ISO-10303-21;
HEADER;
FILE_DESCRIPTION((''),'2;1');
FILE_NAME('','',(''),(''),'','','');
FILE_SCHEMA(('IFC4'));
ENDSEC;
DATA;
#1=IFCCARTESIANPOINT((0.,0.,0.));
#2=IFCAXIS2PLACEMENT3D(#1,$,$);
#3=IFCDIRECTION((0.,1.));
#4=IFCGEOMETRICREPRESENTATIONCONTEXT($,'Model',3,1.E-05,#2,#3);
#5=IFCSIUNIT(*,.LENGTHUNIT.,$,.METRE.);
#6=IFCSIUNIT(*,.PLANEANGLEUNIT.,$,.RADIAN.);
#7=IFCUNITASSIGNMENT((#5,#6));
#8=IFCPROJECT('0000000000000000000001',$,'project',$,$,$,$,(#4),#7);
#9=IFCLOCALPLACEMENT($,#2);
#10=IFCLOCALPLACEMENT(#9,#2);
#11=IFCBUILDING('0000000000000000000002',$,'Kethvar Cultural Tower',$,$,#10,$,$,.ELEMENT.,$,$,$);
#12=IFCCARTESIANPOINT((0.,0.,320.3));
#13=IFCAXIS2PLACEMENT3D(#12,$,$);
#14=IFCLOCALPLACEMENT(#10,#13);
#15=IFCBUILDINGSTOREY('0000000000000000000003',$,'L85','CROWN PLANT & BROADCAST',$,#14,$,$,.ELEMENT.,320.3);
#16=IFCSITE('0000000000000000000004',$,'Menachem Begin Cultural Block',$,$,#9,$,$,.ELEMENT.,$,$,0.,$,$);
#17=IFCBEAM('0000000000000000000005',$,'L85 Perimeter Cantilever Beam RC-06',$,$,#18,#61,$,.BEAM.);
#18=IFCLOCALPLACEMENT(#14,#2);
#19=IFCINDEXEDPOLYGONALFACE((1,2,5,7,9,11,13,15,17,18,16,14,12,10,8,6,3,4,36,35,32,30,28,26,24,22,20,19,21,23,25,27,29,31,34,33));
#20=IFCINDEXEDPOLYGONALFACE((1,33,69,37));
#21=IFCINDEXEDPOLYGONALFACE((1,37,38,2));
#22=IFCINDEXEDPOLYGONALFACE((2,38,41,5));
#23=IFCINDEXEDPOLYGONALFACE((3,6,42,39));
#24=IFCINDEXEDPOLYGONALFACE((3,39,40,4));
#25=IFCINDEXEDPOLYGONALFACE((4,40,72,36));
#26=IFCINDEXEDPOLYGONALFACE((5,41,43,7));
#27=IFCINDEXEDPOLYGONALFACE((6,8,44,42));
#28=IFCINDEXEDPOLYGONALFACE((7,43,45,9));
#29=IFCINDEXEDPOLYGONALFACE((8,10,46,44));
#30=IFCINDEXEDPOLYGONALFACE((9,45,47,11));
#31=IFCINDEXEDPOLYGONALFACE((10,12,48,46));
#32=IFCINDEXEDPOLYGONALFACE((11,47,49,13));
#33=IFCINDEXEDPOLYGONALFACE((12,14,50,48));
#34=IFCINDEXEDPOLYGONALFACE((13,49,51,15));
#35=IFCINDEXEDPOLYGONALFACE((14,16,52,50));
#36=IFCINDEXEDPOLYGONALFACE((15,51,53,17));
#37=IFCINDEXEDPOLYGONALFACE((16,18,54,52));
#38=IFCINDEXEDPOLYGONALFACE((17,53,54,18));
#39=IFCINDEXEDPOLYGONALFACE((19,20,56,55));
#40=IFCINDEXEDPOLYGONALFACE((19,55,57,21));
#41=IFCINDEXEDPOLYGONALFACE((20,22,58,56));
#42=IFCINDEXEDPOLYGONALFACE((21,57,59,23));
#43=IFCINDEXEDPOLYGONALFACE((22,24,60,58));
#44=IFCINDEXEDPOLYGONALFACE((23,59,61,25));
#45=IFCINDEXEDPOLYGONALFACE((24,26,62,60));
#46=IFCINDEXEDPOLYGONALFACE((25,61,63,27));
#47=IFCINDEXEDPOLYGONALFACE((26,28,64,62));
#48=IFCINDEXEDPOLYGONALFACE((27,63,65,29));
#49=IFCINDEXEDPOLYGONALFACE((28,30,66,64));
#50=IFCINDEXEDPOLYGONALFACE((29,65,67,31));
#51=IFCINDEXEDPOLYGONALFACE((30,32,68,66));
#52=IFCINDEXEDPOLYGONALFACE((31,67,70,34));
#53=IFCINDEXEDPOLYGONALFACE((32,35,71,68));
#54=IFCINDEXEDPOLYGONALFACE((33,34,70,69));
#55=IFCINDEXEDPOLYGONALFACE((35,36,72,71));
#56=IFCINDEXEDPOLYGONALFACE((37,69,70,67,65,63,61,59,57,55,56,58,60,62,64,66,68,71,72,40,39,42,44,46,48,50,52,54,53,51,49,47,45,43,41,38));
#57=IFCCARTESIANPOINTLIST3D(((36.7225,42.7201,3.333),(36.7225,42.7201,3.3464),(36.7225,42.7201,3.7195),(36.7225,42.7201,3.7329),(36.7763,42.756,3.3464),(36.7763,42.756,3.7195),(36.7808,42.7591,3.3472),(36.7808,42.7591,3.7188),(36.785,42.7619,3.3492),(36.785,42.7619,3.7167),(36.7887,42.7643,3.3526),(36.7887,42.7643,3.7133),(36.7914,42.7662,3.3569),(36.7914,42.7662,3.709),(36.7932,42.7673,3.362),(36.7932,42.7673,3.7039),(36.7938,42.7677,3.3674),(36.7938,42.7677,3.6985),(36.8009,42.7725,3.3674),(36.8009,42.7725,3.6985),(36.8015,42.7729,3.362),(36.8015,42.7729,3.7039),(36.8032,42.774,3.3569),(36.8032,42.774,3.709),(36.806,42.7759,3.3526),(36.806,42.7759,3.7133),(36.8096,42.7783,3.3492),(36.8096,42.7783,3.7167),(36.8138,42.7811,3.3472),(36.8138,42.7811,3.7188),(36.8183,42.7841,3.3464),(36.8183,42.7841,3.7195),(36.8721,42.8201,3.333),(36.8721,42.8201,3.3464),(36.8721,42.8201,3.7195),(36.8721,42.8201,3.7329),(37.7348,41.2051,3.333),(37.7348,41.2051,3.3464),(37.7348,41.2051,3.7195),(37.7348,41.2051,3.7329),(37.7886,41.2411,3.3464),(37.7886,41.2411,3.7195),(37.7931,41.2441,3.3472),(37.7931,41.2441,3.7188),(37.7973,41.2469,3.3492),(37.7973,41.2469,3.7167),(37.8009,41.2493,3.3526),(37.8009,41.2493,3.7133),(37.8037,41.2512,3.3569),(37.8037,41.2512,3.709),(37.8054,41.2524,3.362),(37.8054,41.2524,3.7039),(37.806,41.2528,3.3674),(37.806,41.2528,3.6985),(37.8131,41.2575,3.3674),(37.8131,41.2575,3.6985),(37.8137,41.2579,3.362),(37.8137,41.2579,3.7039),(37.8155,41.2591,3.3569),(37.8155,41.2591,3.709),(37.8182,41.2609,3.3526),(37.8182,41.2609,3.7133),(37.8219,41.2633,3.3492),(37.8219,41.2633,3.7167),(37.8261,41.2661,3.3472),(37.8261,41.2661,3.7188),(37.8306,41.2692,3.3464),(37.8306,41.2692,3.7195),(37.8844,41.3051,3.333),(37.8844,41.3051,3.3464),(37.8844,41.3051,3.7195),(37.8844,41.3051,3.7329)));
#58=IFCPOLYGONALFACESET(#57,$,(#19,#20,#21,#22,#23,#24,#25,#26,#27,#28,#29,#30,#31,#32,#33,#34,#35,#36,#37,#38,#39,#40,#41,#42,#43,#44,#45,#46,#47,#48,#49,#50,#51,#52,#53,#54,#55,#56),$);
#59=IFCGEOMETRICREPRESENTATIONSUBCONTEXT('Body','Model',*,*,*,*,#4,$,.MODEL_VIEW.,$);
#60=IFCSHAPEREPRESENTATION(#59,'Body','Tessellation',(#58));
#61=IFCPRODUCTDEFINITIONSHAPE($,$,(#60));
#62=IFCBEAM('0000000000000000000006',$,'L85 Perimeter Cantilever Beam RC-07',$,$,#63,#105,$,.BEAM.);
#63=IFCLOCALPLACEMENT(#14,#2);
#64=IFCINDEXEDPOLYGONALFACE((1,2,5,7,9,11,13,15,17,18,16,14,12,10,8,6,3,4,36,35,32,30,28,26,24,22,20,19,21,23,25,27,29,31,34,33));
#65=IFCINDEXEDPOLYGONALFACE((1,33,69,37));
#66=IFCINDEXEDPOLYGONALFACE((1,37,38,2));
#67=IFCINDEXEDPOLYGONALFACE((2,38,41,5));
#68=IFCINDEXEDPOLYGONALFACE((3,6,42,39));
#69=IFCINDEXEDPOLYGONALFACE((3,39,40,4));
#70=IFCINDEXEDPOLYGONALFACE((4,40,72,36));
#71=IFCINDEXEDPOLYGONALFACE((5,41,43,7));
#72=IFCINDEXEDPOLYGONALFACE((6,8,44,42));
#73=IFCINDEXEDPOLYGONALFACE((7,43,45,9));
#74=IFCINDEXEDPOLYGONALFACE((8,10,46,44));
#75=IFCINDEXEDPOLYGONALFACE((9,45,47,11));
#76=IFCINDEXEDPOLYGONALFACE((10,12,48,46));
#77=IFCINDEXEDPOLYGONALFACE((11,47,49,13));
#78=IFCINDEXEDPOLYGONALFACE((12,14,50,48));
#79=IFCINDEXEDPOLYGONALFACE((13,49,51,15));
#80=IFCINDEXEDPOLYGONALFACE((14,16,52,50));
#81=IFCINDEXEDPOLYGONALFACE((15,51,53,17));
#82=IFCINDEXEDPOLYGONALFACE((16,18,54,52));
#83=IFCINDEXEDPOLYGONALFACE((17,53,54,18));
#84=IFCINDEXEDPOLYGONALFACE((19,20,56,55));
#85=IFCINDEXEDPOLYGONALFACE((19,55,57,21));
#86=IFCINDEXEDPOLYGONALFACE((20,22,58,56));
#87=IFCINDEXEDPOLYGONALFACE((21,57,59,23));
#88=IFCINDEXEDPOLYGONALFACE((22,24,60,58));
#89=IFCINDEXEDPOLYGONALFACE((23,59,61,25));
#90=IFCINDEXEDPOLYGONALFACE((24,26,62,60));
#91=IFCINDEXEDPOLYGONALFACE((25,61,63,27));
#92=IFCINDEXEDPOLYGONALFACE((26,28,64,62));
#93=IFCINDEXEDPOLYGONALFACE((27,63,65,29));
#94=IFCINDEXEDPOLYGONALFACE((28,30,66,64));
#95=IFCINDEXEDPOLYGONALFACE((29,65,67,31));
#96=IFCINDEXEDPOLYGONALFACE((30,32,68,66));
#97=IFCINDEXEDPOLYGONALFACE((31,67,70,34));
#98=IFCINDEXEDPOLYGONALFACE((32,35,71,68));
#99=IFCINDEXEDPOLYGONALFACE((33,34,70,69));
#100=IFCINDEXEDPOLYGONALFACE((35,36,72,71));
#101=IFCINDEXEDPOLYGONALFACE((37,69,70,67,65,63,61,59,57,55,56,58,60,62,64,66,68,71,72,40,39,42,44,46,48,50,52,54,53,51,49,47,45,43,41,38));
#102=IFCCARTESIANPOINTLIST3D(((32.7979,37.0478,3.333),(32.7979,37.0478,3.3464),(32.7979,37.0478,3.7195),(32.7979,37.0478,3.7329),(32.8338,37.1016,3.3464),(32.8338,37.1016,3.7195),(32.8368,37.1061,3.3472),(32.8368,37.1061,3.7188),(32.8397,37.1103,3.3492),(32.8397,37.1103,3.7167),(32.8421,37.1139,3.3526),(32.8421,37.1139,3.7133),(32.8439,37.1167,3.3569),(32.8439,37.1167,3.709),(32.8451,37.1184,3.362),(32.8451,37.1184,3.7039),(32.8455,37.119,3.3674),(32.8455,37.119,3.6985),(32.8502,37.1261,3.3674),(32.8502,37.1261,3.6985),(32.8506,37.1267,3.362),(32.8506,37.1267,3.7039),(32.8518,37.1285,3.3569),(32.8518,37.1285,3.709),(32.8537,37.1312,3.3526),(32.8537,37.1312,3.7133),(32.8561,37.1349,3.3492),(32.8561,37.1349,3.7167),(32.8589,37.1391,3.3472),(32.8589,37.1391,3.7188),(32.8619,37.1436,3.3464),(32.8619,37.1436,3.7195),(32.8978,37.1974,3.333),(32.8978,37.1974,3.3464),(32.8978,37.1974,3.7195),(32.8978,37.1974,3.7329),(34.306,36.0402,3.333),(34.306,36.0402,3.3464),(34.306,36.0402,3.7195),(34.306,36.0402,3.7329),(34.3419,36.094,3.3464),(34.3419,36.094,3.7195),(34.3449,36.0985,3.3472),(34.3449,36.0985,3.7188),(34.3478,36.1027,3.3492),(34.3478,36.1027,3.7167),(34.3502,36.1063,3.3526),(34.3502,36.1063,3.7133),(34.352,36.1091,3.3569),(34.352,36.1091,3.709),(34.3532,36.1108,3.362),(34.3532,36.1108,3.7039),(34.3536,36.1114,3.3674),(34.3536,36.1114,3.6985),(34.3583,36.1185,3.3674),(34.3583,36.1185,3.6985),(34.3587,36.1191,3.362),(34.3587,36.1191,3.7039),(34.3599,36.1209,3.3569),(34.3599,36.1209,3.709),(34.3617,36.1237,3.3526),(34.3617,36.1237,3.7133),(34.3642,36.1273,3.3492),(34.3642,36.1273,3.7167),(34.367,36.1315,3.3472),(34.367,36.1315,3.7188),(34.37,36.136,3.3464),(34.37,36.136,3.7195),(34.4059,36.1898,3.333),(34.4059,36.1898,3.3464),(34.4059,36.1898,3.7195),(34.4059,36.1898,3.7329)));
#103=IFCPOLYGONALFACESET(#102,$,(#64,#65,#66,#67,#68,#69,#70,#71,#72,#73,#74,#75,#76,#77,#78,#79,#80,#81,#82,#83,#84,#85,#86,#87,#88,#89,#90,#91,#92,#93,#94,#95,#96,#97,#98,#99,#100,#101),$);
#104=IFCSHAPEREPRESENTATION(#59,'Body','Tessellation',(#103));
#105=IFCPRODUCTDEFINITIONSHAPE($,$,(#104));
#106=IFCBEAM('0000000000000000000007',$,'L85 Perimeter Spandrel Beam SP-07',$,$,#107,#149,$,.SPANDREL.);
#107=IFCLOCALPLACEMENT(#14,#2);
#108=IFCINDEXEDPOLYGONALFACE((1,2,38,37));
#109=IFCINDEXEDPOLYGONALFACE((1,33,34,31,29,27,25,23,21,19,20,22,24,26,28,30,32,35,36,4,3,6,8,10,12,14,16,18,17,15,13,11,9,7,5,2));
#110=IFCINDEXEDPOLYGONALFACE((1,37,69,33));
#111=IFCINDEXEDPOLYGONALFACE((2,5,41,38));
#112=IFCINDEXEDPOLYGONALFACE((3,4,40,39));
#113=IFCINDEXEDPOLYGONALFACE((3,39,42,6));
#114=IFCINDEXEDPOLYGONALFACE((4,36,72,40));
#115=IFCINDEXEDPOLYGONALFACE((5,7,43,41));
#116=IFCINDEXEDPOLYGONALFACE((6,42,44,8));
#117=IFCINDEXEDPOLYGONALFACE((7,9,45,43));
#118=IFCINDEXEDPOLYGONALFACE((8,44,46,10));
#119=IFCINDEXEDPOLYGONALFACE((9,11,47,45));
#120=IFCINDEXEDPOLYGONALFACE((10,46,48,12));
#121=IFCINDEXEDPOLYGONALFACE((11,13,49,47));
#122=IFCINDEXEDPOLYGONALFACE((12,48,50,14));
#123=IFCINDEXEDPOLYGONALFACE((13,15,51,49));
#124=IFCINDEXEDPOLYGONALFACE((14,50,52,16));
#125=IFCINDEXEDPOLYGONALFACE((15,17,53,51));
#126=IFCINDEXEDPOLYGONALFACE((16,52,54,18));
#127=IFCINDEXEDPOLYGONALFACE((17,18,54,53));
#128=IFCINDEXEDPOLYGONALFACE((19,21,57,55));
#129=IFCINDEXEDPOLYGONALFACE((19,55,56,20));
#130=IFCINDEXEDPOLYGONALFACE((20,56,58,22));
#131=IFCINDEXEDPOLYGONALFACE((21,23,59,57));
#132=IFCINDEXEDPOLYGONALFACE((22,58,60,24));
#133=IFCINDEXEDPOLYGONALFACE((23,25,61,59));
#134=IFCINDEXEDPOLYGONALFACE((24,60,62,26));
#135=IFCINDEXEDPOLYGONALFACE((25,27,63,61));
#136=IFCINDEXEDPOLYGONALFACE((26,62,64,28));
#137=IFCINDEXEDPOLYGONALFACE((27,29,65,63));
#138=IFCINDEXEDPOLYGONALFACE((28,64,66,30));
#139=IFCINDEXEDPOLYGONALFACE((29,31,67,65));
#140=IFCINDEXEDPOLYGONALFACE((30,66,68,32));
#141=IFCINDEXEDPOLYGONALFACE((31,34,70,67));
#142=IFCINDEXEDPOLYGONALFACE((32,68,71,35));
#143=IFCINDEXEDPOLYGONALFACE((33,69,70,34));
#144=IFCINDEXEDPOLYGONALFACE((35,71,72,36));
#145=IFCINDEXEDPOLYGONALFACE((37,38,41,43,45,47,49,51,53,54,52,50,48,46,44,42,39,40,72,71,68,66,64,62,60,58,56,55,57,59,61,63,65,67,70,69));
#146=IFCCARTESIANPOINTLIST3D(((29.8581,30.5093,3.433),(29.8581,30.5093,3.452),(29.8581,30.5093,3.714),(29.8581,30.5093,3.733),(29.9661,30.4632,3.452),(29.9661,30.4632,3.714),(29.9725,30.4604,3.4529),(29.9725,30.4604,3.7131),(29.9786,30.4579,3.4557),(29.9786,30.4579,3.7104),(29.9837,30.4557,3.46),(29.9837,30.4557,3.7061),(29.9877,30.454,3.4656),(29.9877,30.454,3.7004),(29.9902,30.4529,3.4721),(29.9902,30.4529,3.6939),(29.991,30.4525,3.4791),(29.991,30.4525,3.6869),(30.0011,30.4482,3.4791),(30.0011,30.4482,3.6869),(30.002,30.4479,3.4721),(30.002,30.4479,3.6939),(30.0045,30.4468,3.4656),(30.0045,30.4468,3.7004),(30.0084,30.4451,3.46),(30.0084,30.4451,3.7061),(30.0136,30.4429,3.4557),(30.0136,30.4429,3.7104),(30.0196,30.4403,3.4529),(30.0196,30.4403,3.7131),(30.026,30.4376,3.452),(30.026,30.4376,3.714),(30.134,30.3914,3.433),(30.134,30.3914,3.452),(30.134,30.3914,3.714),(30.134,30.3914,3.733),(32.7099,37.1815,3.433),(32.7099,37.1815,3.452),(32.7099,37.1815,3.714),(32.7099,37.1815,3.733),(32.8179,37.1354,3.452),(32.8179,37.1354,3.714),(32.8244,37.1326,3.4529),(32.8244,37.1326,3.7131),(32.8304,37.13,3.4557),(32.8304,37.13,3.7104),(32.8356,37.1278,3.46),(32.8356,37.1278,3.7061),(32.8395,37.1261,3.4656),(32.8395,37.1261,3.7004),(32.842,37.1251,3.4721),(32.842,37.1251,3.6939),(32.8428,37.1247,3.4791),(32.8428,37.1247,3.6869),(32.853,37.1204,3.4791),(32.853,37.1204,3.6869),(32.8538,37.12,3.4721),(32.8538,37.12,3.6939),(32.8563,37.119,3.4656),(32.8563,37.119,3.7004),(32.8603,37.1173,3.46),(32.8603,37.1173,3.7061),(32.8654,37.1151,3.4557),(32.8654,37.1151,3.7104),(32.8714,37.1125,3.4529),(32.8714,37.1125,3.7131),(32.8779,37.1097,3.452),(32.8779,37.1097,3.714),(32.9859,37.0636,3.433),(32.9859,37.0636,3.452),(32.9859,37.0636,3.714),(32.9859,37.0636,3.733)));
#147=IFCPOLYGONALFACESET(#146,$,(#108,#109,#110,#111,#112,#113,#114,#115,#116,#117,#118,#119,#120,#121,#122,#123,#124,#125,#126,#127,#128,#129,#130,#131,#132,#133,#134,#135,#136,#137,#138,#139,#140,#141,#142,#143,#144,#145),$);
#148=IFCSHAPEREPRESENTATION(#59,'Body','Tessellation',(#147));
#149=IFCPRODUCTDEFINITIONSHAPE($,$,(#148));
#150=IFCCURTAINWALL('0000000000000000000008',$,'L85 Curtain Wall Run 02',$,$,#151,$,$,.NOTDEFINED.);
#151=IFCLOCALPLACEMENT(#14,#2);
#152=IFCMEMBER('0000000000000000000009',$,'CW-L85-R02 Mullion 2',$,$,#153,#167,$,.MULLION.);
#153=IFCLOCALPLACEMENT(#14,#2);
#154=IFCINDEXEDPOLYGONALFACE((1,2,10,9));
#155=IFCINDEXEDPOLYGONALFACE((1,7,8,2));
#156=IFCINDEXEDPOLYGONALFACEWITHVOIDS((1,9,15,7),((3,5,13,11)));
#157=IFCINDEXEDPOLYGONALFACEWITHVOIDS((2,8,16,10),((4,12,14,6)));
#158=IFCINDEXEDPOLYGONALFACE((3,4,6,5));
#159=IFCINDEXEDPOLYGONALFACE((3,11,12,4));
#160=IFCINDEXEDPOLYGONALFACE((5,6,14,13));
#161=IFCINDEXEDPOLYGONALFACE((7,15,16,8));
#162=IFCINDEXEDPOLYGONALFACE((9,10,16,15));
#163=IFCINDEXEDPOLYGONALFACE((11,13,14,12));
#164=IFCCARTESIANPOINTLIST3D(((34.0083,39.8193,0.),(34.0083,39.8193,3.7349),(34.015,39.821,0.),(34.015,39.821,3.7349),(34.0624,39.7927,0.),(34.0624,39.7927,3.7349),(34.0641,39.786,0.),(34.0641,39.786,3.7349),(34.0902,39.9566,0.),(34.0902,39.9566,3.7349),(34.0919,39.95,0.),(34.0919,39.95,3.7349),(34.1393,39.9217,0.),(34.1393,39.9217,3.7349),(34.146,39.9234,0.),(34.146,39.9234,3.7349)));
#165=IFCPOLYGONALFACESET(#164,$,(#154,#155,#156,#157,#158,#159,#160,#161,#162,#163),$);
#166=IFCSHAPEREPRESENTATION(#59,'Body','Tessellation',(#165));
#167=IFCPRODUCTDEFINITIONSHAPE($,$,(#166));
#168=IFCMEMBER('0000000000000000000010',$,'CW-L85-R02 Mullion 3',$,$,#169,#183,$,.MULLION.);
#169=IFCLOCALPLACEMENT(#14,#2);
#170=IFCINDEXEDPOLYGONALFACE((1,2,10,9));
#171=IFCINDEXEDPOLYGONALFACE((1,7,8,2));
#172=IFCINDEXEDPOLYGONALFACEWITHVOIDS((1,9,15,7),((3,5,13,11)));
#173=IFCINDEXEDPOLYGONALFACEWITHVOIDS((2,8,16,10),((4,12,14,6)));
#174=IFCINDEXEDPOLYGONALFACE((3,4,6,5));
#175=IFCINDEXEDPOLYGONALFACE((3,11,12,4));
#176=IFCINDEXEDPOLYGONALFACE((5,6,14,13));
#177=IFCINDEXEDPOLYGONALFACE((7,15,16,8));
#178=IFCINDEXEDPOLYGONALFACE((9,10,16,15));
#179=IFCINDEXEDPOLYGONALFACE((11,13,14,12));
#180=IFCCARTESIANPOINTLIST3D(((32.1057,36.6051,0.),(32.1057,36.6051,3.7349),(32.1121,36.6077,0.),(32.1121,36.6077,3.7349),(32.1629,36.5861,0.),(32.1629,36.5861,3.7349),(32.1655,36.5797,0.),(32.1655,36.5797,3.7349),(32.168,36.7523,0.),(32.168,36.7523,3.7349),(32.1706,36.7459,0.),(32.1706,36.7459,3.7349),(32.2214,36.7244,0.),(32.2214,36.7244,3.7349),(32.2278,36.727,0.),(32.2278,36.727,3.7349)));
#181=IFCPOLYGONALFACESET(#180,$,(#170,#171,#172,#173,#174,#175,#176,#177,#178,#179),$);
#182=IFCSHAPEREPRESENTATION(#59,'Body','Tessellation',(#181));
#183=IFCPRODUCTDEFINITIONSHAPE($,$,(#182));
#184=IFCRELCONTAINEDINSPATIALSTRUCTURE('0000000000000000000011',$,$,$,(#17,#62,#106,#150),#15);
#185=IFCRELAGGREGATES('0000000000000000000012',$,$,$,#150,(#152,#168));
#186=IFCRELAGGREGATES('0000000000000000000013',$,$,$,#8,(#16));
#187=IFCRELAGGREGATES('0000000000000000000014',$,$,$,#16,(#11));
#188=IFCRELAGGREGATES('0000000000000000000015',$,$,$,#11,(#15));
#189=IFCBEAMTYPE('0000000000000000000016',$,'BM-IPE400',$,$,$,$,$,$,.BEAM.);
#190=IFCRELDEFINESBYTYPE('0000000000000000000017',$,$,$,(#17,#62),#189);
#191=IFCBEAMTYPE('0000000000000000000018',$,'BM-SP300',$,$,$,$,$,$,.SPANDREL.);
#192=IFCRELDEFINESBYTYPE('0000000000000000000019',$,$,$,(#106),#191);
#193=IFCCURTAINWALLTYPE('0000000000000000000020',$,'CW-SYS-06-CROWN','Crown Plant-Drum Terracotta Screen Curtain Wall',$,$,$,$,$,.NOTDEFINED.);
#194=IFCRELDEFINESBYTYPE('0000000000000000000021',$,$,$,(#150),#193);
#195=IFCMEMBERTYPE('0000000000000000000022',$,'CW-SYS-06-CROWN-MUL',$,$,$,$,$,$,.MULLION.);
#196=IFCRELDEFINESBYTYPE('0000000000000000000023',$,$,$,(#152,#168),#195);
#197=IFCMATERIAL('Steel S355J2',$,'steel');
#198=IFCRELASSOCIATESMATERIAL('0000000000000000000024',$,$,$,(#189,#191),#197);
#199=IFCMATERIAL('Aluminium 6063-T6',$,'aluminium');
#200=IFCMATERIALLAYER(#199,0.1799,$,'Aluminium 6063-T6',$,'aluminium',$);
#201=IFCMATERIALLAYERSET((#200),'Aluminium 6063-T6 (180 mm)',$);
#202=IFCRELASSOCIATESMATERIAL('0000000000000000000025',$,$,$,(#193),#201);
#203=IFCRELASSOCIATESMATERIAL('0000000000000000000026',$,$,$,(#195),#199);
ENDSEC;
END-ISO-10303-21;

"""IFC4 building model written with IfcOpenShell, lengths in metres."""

from ifc_helpers import new_model, si_unit, direction, frame, origin, origin_2d, place, context, subcontext, project, spatial, hollow_rectangle, i_section, extrude, source, transform, mapped, material, layer, layer_set, material_profile, profile_set, type_object, element, aggregate, save


model = new_model("IFC4")

# Units and contexts
model_context = context("Model", 3, precision=1e-05, world=origin(), true_north=direction((0.0, 1.0)))
body_context = subcontext(model_context, "Body", "Model", "MODEL_VIEW")
ifc_project = project(units=[si_unit("LENGTHUNIT", "METRE"), si_unit("PLANEANGLEUNIT", "RADIAN")], contexts=[model_context])

# Site, building, storey
site_placement = place(None, origin())
site = spatial("IfcSite", under=ifc_project, at=site_placement, Name="Menachem Begin Cultural Block", CompositionType="ELEMENT", RefElevation=0.0)
building_placement = place(site_placement, origin())
building = spatial("IfcBuilding", under=site, at=building_placement, Name="Kethvar Cultural Tower", CompositionType="ELEMENT")
storey_placement = place(building_placement, frame((0.0, 0.0, 320.3)))
storey = spatial("IfcBuildingStorey", under=building, at=storey_placement, Name="L85", Description="CROWN PLANT & BROADCAST", CompositionType="ELEMENT", Elevation=320.3)

# Shared definitions
ifc_material_1 = material(Name="Steel S355J2", Category="steel")

# Beams
ifc_material_profile_1 = material_profile(ifc_material_1, i_section(OverallWidth=0.1799, OverallDepth=0.3999, WebThickness=0.0085, FlangeThickness=0.0134, FilletRadius=0.021, at=origin_2d()), Name="Steel S355J2 — IPE400")
ifc_profile_set_1 = profile_set([ifc_material_profile_1], Name="Steel S355J2 — IPE400")
beam_type_1 = type_object("IfcBeamType", Name="BM-IPE400", PredefinedType="BEAM", material=ifc_profile_set_1)
shared_shape_1 = source(origin(), body_context, "Body", "SweptSolid", [
    extrude(i_section(OverallWidth=0.1799, OverallDepth=0.3999, WebThickness=0.0085, FlangeThickness=0.0134, FilletRadius=0.021, at=origin_2d()), origin(), (0.0, 0.0, 1.0), 1.822),
])
beam_1_placement = place(storey_placement, frame((37.8096, 41.2551, 3.533), z_axis=(-0.555566, 0.831473, 0.0), x_axis=(-0.831473, -0.555566, 0.0)))
element("IfcBeam", 1, at=beam_1_placement, inside=storey, type_object=beam_type_1, Name="L85 Perimeter Cantilever Beam RC-06", PredefinedType="BEAM", context=body_context, shape_type="MappedRepresentation", body=[
    mapped(shared_shape_1, transform((0.0, 0.0, 0.0), scale=1.0)),
])
shared_shape_2 = source(origin(), body_context, "Body", "SweptSolid", [
    extrude(i_section(OverallWidth=0.1799, OverallDepth=0.3999, WebThickness=0.0085, FlangeThickness=0.0134, FilletRadius=0.021, at=origin_2d()), origin(), (0.0, 0.0, 1.0), 1.8137),
])
beam_2_placement = place(storey_placement, frame((34.356, 36.115, 3.533), z_axis=(-0.831491, 0.555539, 0.0), x_axis=(-0.555539, -0.831491, 0.0)))
element("IfcBeam", 2, at=beam_2_placement, inside=storey, type_object=beam_type_1, Name="L85 Perimeter Cantilever Beam RC-07", PredefinedType="BEAM", context=body_context, shape_type="MappedRepresentation", body=[
    mapped(shared_shape_2, transform((0.0, 0.0, 0.0), scale=1.0)),
])
ifc_material_profile_2 = material_profile(ifc_material_1, i_section(OverallWidth=0.3, OverallDepth=0.3, WebThickness=0.011, FlangeThickness=0.019, FilletRadius=0.0271, at=origin_2d()), Name="Steel S355J2 — HEB300")
ifc_profile_set_2 = profile_set([ifc_material_profile_2], Name="Steel S355J2 — HEB300")
beam_type_2 = type_object("IfcBeamType", Name="BM-SP300", PredefinedType="SPANDREL", material=ifc_profile_set_2)
shared_shape_3 = source(origin(), body_context, "Body", "SweptSolid", [
    extrude(i_section(OverallWidth=0.3, OverallDepth=0.3, WebThickness=0.011, FlangeThickness=0.019, FilletRadius=0.0271, at=origin_2d()), origin(), (0.0, 0.0, 1.0), 7.2561),
])
beam_3_placement = place(storey_placement, frame((32.8479, 37.1226, 3.583), z_axis=(-0.393026, -0.919527, 0.0), x_axis=(0.919527, -0.393026, 0.0)))
element("IfcBeam", 3, at=beam_3_placement, inside=storey, type_object=beam_type_2, Name="L85 Perimeter Spandrel Beam SP-07", PredefinedType="SPANDREL", context=body_context, shape_type="MappedRepresentation", body=[
    mapped(shared_shape_3, transform((0.0, 0.0, 0.0), scale=1.0)),
])

# Curtain wall, members
ifc_material_2 = material(Name="Aluminium 6063-T6", Category="aluminium")
ifc_layer_1 = layer(ifc_material_2, 0.1799, Name="Aluminium 6063-T6", Category="aluminium")
ifc_layer_set_1 = layer_set([ifc_layer_1], Name="Aluminium 6063-T6 (180 mm)")
curtain_wall_type = type_object("IfcCurtainWallType", Name="CW-SYS-06-CROWN", Description="Crown Plant-Drum Terracotta Screen Curtain Wall", PredefinedType="NOTDEFINED", material=ifc_layer_set_1)
curtain_wall_placement = place(storey_placement, origin())
curtain_wall = element("IfcCurtainWall", 4, at=curtain_wall_placement, inside=storey, type_object=curtain_wall_type, Name="L85 Curtain Wall Run 02", PredefinedType="NOTDEFINED")
ifc_material_profile_3 = material_profile(ifc_material_2, hollow_rectangle(XDim=0.0649, YDim=0.1599, WallThickness=0.0049, at=origin_2d()), Name="Aluminium 6063-T6 — RHS160x65x5")
ifc_profile_set_3 = profile_set([ifc_material_profile_3], Name="Aluminium 6063-T6 — RHS160x65x5")
member_type_1 = type_object("IfcMemberType", Name="CW-SYS-06-CROWN-MUL", PredefinedType="MULLION", material=ifc_profile_set_3)
shared_shape_4 = source(origin(), body_context, "Body", "SweptSolid", [
    extrude(hollow_rectangle(XDim=0.0649, YDim=0.1599, WallThickness=0.0049, at=origin_2d()), origin(), (0.0, 0.0, 1.0), 3.7349),
])
member_1_placement = place(storey_placement, frame((34.0771, 39.8713, 0.0), z_axis=(0.0, 0.0, 1.0), x_axis=(0.859174, -0.511683, 0.0)))
member_1 = element("IfcMember", 5, at=member_1_placement, type_object=member_type_1, Name="CW-L85-R02 Mullion 2", PredefinedType="MULLION", context=body_context, shape_type="MappedRepresentation", body=[
    mapped(shared_shape_4, transform((0.0, 0.0, 0.0), scale=1.0)),
])
member_2_placement = place(storey_placement, frame((32.1667, 36.666, 0.0), z_axis=(0.0, 0.0, 1.0), x_axis=(0.920757, -0.390137, 0.0)))
member_2 = element("IfcMember", 6, at=member_2_placement, type_object=member_type_1, Name="CW-L85-R02 Mullion 3", PredefinedType="MULLION", context=body_context, shape_type="MappedRepresentation", body=[
    mapped(shared_shape_4, transform((0.0, 0.0, 0.0), scale=1.0)),
])
aggregate(curtain_wall, [member_1, member_2])

save(model, "model.ifc")
